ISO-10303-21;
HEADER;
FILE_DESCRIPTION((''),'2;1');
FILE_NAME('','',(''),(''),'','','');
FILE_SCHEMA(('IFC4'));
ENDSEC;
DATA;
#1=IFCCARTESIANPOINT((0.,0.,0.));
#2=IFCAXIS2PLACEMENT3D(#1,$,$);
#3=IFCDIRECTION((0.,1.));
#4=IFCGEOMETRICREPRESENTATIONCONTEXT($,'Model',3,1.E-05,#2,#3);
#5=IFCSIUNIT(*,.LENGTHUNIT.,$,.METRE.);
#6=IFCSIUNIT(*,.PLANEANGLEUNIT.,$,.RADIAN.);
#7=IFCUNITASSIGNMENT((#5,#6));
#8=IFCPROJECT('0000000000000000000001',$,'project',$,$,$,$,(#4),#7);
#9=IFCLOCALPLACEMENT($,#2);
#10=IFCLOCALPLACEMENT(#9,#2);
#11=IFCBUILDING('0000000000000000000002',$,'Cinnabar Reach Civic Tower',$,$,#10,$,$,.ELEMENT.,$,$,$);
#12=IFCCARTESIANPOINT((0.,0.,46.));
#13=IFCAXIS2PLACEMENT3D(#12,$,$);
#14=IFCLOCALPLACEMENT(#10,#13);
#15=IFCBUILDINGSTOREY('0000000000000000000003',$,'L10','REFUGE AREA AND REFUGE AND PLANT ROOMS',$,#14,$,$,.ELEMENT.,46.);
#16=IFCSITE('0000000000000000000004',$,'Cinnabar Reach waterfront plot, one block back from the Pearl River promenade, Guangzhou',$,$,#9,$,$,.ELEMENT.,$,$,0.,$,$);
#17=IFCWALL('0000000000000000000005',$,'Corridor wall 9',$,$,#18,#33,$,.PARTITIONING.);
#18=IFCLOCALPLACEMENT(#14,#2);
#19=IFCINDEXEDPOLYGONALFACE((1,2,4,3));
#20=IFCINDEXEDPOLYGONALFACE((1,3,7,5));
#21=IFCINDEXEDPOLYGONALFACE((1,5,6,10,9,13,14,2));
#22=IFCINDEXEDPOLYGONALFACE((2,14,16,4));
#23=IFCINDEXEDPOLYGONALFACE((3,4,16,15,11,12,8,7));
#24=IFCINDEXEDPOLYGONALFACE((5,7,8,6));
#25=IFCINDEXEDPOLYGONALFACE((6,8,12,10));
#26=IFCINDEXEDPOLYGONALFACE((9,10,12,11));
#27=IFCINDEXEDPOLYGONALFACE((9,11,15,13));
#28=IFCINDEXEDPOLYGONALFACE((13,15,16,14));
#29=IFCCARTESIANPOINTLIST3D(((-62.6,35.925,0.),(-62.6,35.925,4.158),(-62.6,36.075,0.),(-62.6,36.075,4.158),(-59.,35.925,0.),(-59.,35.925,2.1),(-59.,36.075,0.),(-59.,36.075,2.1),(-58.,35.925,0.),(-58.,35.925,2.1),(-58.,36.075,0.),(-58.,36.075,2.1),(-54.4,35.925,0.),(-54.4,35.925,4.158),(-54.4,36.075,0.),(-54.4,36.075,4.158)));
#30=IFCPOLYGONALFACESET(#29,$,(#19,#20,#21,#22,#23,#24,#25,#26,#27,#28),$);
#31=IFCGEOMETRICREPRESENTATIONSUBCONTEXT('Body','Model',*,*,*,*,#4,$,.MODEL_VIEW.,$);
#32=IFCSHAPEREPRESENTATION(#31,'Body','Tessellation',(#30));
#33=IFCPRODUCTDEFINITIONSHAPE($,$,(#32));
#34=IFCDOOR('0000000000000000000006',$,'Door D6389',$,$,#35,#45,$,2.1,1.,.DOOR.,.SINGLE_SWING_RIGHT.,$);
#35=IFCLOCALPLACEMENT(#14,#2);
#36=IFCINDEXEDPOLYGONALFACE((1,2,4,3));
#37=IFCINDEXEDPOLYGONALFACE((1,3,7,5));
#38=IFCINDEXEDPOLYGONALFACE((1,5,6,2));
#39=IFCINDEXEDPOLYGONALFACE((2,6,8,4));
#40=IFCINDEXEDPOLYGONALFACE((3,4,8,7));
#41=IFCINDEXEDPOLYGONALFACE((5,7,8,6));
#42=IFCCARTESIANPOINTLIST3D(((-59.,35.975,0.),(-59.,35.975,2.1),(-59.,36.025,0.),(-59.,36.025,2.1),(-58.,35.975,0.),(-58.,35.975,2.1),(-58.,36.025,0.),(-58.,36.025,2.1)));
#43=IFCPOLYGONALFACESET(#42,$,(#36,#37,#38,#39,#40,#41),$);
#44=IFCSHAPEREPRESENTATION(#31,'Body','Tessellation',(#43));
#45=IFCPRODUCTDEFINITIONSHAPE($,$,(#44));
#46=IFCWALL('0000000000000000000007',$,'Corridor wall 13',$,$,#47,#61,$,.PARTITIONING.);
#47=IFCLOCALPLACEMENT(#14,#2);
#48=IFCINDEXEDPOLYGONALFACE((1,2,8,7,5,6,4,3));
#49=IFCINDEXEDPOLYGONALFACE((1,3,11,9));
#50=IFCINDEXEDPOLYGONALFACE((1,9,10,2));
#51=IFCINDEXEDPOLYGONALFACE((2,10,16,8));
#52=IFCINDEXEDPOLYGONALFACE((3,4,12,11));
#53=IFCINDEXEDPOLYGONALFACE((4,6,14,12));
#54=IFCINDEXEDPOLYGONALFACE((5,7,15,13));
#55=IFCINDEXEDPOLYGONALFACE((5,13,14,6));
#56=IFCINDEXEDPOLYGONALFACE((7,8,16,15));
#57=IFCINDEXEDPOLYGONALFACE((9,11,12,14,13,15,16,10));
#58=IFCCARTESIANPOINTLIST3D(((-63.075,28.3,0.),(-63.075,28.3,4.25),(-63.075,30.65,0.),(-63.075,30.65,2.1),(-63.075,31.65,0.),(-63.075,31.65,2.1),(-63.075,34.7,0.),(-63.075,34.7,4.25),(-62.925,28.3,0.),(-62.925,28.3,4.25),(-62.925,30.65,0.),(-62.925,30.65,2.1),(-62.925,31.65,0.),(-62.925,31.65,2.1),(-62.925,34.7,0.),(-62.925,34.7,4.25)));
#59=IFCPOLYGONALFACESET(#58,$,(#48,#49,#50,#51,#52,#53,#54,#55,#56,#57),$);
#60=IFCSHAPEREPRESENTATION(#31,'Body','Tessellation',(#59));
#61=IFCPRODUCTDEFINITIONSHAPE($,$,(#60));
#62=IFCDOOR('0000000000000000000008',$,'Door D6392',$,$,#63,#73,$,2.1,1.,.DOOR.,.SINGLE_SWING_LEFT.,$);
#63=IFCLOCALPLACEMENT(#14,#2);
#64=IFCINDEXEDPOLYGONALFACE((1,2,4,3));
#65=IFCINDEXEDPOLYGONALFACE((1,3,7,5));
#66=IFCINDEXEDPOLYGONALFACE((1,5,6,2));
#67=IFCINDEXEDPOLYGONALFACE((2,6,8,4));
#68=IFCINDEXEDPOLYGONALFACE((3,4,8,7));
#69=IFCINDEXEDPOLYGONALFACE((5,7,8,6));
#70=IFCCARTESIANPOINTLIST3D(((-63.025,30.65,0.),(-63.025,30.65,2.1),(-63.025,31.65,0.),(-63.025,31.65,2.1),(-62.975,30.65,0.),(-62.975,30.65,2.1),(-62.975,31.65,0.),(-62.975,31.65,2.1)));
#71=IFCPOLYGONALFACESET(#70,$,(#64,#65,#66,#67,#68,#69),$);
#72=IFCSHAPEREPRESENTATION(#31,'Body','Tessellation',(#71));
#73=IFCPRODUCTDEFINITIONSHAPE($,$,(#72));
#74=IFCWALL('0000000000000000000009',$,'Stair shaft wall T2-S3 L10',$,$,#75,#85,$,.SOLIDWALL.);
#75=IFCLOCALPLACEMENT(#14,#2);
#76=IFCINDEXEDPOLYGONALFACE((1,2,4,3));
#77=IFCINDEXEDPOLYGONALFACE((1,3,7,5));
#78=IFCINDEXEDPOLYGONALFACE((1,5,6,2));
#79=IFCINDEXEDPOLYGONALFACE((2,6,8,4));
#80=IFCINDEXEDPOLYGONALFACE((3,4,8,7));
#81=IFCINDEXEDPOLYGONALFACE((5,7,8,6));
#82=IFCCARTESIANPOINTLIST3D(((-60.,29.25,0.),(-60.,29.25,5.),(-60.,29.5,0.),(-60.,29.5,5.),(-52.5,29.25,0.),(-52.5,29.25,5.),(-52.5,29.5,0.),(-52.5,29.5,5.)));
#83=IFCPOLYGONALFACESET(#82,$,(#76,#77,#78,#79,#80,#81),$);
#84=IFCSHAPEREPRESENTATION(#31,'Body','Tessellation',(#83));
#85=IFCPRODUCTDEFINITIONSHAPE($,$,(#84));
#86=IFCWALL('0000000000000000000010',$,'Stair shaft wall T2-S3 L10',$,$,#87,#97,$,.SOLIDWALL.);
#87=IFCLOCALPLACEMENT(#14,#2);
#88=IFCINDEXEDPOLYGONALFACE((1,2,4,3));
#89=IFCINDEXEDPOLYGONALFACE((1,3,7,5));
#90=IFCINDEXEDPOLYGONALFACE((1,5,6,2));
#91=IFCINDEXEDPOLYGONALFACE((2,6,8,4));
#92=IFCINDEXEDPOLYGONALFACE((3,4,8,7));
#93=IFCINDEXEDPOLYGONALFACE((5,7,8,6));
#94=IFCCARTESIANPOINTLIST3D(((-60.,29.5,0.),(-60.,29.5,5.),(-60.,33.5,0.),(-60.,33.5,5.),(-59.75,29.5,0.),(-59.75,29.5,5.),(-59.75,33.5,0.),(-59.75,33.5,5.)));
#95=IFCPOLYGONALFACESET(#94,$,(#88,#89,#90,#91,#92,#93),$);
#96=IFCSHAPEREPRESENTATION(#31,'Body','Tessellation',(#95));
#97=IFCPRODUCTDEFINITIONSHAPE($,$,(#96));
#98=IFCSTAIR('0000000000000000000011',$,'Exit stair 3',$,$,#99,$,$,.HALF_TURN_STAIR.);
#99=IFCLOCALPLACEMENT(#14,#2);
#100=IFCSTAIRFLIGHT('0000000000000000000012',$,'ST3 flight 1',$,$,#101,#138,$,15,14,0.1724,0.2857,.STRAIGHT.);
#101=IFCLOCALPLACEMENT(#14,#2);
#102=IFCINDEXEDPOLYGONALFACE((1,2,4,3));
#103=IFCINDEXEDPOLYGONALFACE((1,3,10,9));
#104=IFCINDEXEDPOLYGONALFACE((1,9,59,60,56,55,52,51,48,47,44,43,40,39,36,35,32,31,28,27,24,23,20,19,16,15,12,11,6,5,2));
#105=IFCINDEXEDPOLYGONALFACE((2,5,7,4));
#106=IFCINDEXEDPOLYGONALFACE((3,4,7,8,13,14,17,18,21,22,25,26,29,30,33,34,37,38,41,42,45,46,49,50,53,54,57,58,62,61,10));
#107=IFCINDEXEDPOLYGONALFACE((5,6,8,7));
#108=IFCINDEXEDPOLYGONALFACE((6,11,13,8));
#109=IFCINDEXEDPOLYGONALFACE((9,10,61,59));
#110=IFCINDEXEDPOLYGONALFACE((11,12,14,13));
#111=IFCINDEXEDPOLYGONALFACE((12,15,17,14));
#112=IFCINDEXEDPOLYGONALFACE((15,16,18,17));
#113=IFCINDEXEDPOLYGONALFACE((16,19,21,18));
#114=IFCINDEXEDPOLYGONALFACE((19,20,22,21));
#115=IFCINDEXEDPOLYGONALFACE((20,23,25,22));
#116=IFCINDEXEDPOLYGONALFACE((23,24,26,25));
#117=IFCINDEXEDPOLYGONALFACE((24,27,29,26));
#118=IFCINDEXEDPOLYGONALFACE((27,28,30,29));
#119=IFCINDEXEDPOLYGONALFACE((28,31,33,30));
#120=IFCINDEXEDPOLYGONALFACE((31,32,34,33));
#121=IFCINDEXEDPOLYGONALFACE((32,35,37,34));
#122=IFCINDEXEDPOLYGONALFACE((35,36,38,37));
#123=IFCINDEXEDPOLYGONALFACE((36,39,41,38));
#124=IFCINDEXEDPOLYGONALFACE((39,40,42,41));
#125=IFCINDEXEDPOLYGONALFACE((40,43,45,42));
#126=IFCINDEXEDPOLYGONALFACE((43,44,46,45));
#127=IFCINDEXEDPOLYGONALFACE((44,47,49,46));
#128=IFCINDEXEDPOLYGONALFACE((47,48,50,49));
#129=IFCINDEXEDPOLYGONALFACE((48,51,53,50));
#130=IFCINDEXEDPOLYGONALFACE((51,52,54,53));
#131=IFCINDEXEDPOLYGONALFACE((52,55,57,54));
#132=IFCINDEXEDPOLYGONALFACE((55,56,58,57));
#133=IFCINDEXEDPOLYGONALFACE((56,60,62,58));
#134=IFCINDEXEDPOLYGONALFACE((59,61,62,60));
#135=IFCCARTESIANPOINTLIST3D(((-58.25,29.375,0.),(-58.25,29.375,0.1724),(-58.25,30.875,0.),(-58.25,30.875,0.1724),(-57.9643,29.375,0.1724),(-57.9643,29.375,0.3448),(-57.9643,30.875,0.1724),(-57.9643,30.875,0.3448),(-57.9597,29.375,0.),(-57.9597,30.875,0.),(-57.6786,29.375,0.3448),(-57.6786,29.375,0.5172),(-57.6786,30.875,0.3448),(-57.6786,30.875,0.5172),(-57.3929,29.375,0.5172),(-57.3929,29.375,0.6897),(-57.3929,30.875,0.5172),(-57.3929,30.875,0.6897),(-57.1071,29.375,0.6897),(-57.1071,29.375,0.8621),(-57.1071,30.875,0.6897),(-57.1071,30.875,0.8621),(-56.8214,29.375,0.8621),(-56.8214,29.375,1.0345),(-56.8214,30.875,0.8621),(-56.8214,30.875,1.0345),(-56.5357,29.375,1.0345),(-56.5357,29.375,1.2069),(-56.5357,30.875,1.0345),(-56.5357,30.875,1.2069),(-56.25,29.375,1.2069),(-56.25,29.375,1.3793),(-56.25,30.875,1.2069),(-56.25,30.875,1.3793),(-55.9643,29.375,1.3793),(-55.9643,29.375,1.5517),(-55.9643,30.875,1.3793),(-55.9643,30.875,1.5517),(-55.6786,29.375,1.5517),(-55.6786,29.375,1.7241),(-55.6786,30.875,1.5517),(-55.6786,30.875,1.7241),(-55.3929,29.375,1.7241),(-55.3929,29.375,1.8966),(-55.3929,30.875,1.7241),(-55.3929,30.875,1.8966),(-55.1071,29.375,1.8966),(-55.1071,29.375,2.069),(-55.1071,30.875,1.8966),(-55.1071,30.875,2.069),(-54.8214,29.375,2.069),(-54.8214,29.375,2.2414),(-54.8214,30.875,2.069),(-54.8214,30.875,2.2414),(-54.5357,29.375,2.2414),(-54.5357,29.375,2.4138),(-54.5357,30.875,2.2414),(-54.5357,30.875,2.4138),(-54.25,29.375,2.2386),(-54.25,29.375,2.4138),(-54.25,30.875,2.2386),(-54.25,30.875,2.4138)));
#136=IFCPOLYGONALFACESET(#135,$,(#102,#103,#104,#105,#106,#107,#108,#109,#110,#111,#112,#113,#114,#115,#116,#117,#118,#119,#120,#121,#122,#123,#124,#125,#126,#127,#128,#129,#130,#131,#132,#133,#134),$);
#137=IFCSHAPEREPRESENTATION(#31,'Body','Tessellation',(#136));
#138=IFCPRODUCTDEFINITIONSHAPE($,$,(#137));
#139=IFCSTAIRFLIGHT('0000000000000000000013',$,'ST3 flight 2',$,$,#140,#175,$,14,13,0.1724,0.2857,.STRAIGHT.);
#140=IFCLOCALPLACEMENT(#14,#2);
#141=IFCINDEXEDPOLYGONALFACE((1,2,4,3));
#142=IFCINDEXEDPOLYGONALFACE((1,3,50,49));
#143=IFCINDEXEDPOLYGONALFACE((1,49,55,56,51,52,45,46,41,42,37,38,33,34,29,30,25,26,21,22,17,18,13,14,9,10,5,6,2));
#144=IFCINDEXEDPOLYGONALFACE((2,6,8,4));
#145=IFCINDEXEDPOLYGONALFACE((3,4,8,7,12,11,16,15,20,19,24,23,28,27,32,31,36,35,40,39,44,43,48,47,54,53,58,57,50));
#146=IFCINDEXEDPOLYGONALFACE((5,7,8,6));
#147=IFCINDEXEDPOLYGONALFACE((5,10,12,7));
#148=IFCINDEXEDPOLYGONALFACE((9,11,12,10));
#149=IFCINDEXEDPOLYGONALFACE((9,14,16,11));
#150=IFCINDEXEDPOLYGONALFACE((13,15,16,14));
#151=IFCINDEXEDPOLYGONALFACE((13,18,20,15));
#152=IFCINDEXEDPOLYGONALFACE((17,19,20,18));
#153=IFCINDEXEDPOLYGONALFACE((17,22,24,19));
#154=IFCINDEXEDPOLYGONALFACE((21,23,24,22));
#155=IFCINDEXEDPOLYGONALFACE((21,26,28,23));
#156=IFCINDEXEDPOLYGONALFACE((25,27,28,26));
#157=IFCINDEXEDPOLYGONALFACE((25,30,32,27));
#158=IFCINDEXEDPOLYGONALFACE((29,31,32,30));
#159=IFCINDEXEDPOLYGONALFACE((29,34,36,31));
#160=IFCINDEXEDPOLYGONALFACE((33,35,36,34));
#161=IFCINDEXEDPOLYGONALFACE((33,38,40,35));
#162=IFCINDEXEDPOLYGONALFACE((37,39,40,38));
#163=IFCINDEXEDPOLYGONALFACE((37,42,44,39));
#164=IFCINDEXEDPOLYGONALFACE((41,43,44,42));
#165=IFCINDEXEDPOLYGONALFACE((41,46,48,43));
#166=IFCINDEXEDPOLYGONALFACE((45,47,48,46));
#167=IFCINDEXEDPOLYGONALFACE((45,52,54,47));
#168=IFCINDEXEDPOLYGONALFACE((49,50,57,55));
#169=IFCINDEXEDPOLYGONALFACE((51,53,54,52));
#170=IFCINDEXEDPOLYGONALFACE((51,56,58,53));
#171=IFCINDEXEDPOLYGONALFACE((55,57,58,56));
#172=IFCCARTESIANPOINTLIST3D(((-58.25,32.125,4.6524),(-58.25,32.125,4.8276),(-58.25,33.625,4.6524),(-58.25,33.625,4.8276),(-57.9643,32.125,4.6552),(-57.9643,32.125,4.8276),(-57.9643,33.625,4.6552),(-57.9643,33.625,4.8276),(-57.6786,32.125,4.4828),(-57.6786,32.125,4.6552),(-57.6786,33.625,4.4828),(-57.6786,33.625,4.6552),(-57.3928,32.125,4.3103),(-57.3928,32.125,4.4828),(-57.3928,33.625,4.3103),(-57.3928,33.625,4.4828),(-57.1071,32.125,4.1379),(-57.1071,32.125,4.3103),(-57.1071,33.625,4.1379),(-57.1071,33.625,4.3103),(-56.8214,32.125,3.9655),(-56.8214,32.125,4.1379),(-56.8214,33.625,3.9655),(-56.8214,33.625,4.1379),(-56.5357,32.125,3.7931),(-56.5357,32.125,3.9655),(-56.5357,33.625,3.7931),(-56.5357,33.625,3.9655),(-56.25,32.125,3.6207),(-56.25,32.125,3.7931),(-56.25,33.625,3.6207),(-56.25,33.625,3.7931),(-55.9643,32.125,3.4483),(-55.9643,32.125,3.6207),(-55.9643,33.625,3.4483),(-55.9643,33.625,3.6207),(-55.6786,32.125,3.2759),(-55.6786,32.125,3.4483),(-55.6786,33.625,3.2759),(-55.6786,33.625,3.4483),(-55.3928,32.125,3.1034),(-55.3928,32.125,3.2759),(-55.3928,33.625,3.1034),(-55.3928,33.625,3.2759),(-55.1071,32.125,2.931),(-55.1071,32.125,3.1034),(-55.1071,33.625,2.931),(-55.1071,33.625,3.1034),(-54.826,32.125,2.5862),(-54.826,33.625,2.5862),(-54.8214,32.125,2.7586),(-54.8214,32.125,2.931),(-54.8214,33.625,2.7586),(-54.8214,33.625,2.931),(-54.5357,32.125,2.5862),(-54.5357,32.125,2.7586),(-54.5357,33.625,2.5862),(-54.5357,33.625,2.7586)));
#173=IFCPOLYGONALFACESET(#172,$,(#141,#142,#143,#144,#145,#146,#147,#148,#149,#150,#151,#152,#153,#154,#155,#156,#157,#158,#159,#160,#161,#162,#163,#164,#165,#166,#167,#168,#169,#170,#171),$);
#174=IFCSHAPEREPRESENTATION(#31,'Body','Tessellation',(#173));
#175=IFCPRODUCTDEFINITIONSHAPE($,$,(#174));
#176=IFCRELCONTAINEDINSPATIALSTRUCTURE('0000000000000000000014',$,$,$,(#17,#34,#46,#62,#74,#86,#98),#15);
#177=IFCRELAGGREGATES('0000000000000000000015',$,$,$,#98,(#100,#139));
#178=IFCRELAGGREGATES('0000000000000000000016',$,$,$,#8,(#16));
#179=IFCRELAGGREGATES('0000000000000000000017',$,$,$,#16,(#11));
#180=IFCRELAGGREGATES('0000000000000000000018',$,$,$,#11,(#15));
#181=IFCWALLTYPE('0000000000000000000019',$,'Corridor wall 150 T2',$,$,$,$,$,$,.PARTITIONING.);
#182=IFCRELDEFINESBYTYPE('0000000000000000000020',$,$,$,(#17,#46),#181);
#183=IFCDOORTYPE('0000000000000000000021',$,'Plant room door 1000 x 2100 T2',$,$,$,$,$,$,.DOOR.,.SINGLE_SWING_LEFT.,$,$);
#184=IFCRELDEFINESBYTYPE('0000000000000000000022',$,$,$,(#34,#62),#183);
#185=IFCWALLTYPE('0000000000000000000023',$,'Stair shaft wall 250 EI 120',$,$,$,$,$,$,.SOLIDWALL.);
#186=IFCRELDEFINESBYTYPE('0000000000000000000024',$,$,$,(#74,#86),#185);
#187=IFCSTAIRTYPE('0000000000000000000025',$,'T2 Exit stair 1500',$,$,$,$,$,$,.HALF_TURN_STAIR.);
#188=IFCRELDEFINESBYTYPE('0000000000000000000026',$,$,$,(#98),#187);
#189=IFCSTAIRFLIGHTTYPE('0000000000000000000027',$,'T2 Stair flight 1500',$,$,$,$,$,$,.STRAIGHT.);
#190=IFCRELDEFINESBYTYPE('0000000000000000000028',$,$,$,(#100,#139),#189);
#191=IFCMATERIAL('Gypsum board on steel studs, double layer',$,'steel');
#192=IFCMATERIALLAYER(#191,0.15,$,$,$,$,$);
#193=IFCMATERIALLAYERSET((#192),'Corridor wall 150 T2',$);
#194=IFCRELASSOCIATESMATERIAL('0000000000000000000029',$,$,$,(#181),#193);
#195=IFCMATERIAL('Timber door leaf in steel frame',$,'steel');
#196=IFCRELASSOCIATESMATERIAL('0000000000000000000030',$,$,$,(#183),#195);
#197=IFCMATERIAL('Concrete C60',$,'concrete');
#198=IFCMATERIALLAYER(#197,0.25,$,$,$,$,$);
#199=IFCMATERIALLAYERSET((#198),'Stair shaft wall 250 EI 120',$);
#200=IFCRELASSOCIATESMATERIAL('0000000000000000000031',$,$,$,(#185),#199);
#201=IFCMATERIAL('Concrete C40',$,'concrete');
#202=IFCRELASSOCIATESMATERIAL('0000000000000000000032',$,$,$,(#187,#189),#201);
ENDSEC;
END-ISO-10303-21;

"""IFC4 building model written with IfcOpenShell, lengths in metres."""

from ifc_helpers import new_model, si_unit, direction, frame, frame_2d, origin, place, context, subcontext, project, spatial, polyline, rectangle, outline, extrude, material, layer, layer_set, type_object, element, fill, aggregate, save


model = new_model("IFC4")

# Units and contexts
model_context = context("Model", 3, precision=1e-05, world=origin(), true_north=direction((0.0, 1.0)))
body_context = subcontext(model_context, "Body", "Model", "MODEL_VIEW")
ifc_project = project(units=[si_unit("LENGTHUNIT", "METRE"), si_unit("PLANEANGLEUNIT", "RADIAN")], contexts=[model_context])

# Site, building, storey
site_placement = place(None, origin())
site = spatial("IfcSite", under=ifc_project, at=site_placement, Name="Cinnabar Reach waterfront plot, one block back from the Pearl River promenade, Guangzhou", CompositionType="ELEMENT", RefElevation=0.0)
building_placement = place(site_placement, origin())
building = spatial("IfcBuilding", under=site, at=building_placement, Name="Cinnabar Reach Civic Tower", CompositionType="ELEMENT")
storey_placement = place(building_placement, frame((0.0, 0.0, 46.0)))
storey = spatial("IfcBuildingStorey", under=building, at=storey_placement, Name="L10", Description="REFUGE AREA AND REFUGE AND PLANT ROOMS", CompositionType="ELEMENT", Elevation=46.0)

# Shared definitions
ifc_material_1 = material(Name="Concrete C60", Category="concrete")

# Walls, openings, doors
ifc_material_2 = material(Name="Gypsum board on steel studs, double layer", Category="steel")
ifc_layer_1 = layer(ifc_material_2, 0.15)
ifc_layer_set_1 = layer_set([ifc_layer_1], Name="Corridor wall 150 T2")
wall_type_1 = type_object("IfcWallType", Name="Corridor wall 150 T2", PredefinedType="PARTITIONING", material=ifc_layer_set_1)
wall_1_placement = place(storey_placement, frame((-62.6, 36.0, 0.0), z_axis=(0.0, 0.0, 1.0), x_axis=(1.0, 0.0, 0.0)))
wall_1 = element("IfcWall", 1, at=wall_1_placement, inside=storey, type_object=wall_type_1, Name="Corridor wall 9", PredefinedType="PARTITIONING", context=body_context, shape_type="SweptSolid", body=[
    extrude(rectangle(XDim=8.2, YDim=0.15, at=frame_2d((4.1, 0.0))), origin(), (0.0, 0.0, 1.0), 4.158),
])
opening_1_placement = place(wall_1_placement, frame((3.6, 0.0, 0.0)))
opening_1 = element("IfcOpeningElement", 2, at=opening_1_placement, cuts=wall_1, PredefinedType="OPENING", context=body_context, shape_type="SweptSolid", body=[
    extrude(rectangle(XDim=1.0, YDim=2.1, at=frame_2d((0.5, 1.05))), frame((0.0, 0.085, 0.0), z_axis=(0.0, -1.0, 0.0), x_axis=(1.0, 0.0, 0.0)), (0.0, 0.0, 1.0), 0.17),
])
ifc_material_3 = material(Name="Timber door leaf in steel frame", Category="steel")
door_type = type_object("IfcDoorType", Name="Plant room door 1000 x 2100 T2", OperationType="SINGLE_SWING_LEFT", PredefinedType="DOOR", material=ifc_material_3)
door_1_placement = place(opening_1_placement, origin())
door_1 = element("IfcDoor", 3, at=door_1_placement, inside=storey, type_object=door_type, Name="Door D6389", OperationType="SINGLE_SWING_RIGHT", OverallHeight=2.1, OverallWidth=1.0, PredefinedType="DOOR", context=body_context, shape_type="SweptSolid", body=[
    extrude(rectangle(XDim=1.0, YDim=2.1, at=frame_2d((0.5, 1.05))), frame((0.0, 0.025, 0.0), z_axis=(0.0, -1.0, 0.0), x_axis=(1.0, 0.0, 0.0)), (0.0, 0.0, 1.0), 0.05),
])
fill(opening_1, door_1)
wall_2_placement = place(storey_placement, frame((-63.0, 28.3, 0.0), z_axis=(0.0, 0.0, 1.0), x_axis=(0.0, 1.0, 0.0)))
wall_2 = element("IfcWall", 4, at=wall_2_placement, inside=storey, type_object=wall_type_1, Name="Corridor wall 13", PredefinedType="PARTITIONING", context=body_context, shape_type="SweptSolid", body=[
    extrude(rectangle(XDim=6.4, YDim=0.15, at=frame_2d((3.2, 0.0))), origin(), (0.0, 0.0, 1.0), 4.25),
])
opening_2_placement = place(wall_2_placement, frame((2.35, 0.0, 0.0)))
opening_2 = element("IfcOpeningElement", 5, at=opening_2_placement, cuts=wall_2, PredefinedType="OPENING", context=body_context, shape_type="SweptSolid", body=[
    extrude(rectangle(XDim=1.0, YDim=2.1, at=frame_2d((0.5, 1.05))), frame((0.0, 0.085, 0.0), z_axis=(0.0, -1.0, 0.0), x_axis=(1.0, 0.0, 0.0)), (0.0, 0.0, 1.0), 0.17),
])
door_2_placement = place(opening_2_placement, origin())
door_2 = element("IfcDoor", 6, at=door_2_placement, inside=storey, type_object=door_type, Name="Door D6392", OperationType="SINGLE_SWING_LEFT", OverallHeight=2.1, OverallWidth=1.0, PredefinedType="DOOR", context=body_context, shape_type="SweptSolid", body=[
    extrude(rectangle(XDim=1.0, YDim=2.1, at=frame_2d((0.5, 1.05))), frame((0.0, 0.025, 0.0), z_axis=(0.0, -1.0, 0.0), x_axis=(1.0, 0.0, 0.0)), (0.0, 0.0, 1.0), 0.05),
])
fill(opening_2, door_2)

# Walls
ifc_layer_2 = layer(ifc_material_1, 0.25)
ifc_layer_set_2 = layer_set([ifc_layer_2], Name="Stair shaft wall 250 EI 120")
wall_type_2 = type_object("IfcWallType", Name="Stair shaft wall 250 EI 120", PredefinedType="SOLIDWALL", material=ifc_layer_set_2)
wall_3_placement = place(storey_placement, frame((-60.0, 29.375, 0.0), z_axis=(0.0, 0.0, 1.0), x_axis=(1.0, 0.0, 0.0)))
element("IfcWall", 7, at=wall_3_placement, inside=storey, type_object=wall_type_2, Name="Stair shaft wall T2-S3 L10", PredefinedType="SOLIDWALL", context=body_context, shape_type="SweptSolid", body=[
    extrude(rectangle(XDim=7.5, YDim=0.25, at=frame_2d((3.75, 0.0))), origin(), (0.0, 0.0, 1.0), 5.0),
])
wall_4_placement = place(storey_placement, frame((-59.875, 33.5, 0.0), z_axis=(0.0, 0.0, 1.0), x_axis=(0.0, -1.0, 0.0)))
element("IfcWall", 8, at=wall_4_placement, inside=storey, type_object=wall_type_2, Name="Stair shaft wall T2-S3 L10", PredefinedType="SOLIDWALL", context=body_context, shape_type="SweptSolid", body=[
    extrude(rectangle(XDim=4.0, YDim=0.25, at=frame_2d((2.0, 0.0))), origin(), (0.0, 0.0, 1.0), 5.0),
])

# Stair, stair flights
ifc_material_4 = material(Name="Concrete C40", Category="concrete")
stair_type = type_object("IfcStairType", Name="T2 Exit stair 1500", PredefinedType="HALF_TURN_STAIR", material=ifc_material_4)
stair_placement = place(storey_placement, origin())
stair = element("IfcStair", 9, at=stair_placement, inside=storey, type_object=stair_type, Name="Exit stair 3", PredefinedType="HALF_TURN_STAIR")
stair_flight_type = type_object("IfcStairFlightType", Name="T2 Stair flight 1500", PredefinedType="STRAIGHT", material=ifc_material_4)
stair_flight_1_placement = place(storey_placement, frame((-58.25, 30.125, 0.0), z_axis=(0.0, 0.0, 1.0), x_axis=(1.0, 0.0, 0.0)))
stair_flight_1 = element("IfcStairFlight", 10, at=stair_flight_1_placement, type_object=stair_flight_type, Name="ST3 flight 1", NumberOfRisers=15, NumberOfTreads=14, PredefinedType="STRAIGHT", RiserHeight=0.1724, TreadLength=0.2857, context=body_context, shape_type="SweptSolid", body=[
    extrude(outline(polyline([(0.0, 0.0), (0.0, 0.1724), (0.2857, 0.1724), (0.2857, 0.3448), (0.5714, 0.3448), (0.5714, 0.5172), (0.8571, 0.5172), (0.8571, 0.6897), (1.1429, 0.6897), (1.1429, 0.8621), (1.4286, 0.8621), (1.4286, 1.0345), (1.7143, 1.0345), (1.7143, 1.2069), (2.0, 1.2069), (2.0, 1.3793), (2.2857, 1.3793), (2.2857, 1.5517), (2.5714, 1.5517), (2.5714, 1.7241), (2.8571, 1.7241), (2.8571, 1.8966), (3.1429, 1.8966), (3.1429, 2.069), (3.4286, 2.069), (3.4286, 2.2414), (3.7143, 2.2414), (3.7143, 2.4138), (4.0, 2.4138), (4.0, 2.5862), (4.0, 2.2386), (0.2903, 0.0), (0.0, 0.0)])), frame((0.0, 0.75, 0.0), z_axis=(0.0, -1.0, 0.0), x_axis=(1.0, 0.0, 0.0)), (0.0, 0.0, 1.0), 1.5),
])
stair_flight_2_placement = place(storey_placement, frame((-54.5357, 32.875, 2.5862), z_axis=(0.0, 0.0, 1.0), x_axis=(-1.0, 0.0, 0.0)))
stair_flight_2 = element("IfcStairFlight", 11, at=stair_flight_2_placement, type_object=stair_flight_type, Name="ST3 flight 2", NumberOfRisers=14, NumberOfTreads=13, PredefinedType="STRAIGHT", RiserHeight=0.1724, TreadLength=0.2857, context=body_context, shape_type="SweptSolid", body=[
    extrude(outline(polyline([(0.0, 0.0), (0.0, 0.1724), (0.2857, 0.1724), (0.2857, 0.3448), (0.5714, 0.3448), (0.5714, 0.5172), (0.8571, 0.5172), (0.8571, 0.6897), (1.1429, 0.6897), (1.1429, 0.8621), (1.4286, 0.8621), (1.4286, 1.0345), (1.7143, 1.0345), (1.7143, 1.2069), (2.0, 1.2069), (2.0, 1.3793), (2.2857, 1.3793), (2.2857, 1.5517), (2.5714, 1.5517), (2.5714, 1.7241), (2.8571, 1.7241), (2.8571, 1.8966), (3.1429, 1.8966), (3.1429, 2.069), (3.4286, 2.069), (3.4286, 2.2414), (3.7143, 2.2414), (3.7143, 2.4138), (3.7143, 2.0662), (0.2903, 0.0), (0.0, 0.0)])), frame((0.0, 0.75, 0.0), z_axis=(0.0, -1.0, 0.0), x_axis=(1.0, 0.0, 0.0)), (0.0, 0.0, 1.0), 1.5),
])
aggregate(stair, [stair_flight_1, stair_flight_2])

save(model, "model.ifc")
